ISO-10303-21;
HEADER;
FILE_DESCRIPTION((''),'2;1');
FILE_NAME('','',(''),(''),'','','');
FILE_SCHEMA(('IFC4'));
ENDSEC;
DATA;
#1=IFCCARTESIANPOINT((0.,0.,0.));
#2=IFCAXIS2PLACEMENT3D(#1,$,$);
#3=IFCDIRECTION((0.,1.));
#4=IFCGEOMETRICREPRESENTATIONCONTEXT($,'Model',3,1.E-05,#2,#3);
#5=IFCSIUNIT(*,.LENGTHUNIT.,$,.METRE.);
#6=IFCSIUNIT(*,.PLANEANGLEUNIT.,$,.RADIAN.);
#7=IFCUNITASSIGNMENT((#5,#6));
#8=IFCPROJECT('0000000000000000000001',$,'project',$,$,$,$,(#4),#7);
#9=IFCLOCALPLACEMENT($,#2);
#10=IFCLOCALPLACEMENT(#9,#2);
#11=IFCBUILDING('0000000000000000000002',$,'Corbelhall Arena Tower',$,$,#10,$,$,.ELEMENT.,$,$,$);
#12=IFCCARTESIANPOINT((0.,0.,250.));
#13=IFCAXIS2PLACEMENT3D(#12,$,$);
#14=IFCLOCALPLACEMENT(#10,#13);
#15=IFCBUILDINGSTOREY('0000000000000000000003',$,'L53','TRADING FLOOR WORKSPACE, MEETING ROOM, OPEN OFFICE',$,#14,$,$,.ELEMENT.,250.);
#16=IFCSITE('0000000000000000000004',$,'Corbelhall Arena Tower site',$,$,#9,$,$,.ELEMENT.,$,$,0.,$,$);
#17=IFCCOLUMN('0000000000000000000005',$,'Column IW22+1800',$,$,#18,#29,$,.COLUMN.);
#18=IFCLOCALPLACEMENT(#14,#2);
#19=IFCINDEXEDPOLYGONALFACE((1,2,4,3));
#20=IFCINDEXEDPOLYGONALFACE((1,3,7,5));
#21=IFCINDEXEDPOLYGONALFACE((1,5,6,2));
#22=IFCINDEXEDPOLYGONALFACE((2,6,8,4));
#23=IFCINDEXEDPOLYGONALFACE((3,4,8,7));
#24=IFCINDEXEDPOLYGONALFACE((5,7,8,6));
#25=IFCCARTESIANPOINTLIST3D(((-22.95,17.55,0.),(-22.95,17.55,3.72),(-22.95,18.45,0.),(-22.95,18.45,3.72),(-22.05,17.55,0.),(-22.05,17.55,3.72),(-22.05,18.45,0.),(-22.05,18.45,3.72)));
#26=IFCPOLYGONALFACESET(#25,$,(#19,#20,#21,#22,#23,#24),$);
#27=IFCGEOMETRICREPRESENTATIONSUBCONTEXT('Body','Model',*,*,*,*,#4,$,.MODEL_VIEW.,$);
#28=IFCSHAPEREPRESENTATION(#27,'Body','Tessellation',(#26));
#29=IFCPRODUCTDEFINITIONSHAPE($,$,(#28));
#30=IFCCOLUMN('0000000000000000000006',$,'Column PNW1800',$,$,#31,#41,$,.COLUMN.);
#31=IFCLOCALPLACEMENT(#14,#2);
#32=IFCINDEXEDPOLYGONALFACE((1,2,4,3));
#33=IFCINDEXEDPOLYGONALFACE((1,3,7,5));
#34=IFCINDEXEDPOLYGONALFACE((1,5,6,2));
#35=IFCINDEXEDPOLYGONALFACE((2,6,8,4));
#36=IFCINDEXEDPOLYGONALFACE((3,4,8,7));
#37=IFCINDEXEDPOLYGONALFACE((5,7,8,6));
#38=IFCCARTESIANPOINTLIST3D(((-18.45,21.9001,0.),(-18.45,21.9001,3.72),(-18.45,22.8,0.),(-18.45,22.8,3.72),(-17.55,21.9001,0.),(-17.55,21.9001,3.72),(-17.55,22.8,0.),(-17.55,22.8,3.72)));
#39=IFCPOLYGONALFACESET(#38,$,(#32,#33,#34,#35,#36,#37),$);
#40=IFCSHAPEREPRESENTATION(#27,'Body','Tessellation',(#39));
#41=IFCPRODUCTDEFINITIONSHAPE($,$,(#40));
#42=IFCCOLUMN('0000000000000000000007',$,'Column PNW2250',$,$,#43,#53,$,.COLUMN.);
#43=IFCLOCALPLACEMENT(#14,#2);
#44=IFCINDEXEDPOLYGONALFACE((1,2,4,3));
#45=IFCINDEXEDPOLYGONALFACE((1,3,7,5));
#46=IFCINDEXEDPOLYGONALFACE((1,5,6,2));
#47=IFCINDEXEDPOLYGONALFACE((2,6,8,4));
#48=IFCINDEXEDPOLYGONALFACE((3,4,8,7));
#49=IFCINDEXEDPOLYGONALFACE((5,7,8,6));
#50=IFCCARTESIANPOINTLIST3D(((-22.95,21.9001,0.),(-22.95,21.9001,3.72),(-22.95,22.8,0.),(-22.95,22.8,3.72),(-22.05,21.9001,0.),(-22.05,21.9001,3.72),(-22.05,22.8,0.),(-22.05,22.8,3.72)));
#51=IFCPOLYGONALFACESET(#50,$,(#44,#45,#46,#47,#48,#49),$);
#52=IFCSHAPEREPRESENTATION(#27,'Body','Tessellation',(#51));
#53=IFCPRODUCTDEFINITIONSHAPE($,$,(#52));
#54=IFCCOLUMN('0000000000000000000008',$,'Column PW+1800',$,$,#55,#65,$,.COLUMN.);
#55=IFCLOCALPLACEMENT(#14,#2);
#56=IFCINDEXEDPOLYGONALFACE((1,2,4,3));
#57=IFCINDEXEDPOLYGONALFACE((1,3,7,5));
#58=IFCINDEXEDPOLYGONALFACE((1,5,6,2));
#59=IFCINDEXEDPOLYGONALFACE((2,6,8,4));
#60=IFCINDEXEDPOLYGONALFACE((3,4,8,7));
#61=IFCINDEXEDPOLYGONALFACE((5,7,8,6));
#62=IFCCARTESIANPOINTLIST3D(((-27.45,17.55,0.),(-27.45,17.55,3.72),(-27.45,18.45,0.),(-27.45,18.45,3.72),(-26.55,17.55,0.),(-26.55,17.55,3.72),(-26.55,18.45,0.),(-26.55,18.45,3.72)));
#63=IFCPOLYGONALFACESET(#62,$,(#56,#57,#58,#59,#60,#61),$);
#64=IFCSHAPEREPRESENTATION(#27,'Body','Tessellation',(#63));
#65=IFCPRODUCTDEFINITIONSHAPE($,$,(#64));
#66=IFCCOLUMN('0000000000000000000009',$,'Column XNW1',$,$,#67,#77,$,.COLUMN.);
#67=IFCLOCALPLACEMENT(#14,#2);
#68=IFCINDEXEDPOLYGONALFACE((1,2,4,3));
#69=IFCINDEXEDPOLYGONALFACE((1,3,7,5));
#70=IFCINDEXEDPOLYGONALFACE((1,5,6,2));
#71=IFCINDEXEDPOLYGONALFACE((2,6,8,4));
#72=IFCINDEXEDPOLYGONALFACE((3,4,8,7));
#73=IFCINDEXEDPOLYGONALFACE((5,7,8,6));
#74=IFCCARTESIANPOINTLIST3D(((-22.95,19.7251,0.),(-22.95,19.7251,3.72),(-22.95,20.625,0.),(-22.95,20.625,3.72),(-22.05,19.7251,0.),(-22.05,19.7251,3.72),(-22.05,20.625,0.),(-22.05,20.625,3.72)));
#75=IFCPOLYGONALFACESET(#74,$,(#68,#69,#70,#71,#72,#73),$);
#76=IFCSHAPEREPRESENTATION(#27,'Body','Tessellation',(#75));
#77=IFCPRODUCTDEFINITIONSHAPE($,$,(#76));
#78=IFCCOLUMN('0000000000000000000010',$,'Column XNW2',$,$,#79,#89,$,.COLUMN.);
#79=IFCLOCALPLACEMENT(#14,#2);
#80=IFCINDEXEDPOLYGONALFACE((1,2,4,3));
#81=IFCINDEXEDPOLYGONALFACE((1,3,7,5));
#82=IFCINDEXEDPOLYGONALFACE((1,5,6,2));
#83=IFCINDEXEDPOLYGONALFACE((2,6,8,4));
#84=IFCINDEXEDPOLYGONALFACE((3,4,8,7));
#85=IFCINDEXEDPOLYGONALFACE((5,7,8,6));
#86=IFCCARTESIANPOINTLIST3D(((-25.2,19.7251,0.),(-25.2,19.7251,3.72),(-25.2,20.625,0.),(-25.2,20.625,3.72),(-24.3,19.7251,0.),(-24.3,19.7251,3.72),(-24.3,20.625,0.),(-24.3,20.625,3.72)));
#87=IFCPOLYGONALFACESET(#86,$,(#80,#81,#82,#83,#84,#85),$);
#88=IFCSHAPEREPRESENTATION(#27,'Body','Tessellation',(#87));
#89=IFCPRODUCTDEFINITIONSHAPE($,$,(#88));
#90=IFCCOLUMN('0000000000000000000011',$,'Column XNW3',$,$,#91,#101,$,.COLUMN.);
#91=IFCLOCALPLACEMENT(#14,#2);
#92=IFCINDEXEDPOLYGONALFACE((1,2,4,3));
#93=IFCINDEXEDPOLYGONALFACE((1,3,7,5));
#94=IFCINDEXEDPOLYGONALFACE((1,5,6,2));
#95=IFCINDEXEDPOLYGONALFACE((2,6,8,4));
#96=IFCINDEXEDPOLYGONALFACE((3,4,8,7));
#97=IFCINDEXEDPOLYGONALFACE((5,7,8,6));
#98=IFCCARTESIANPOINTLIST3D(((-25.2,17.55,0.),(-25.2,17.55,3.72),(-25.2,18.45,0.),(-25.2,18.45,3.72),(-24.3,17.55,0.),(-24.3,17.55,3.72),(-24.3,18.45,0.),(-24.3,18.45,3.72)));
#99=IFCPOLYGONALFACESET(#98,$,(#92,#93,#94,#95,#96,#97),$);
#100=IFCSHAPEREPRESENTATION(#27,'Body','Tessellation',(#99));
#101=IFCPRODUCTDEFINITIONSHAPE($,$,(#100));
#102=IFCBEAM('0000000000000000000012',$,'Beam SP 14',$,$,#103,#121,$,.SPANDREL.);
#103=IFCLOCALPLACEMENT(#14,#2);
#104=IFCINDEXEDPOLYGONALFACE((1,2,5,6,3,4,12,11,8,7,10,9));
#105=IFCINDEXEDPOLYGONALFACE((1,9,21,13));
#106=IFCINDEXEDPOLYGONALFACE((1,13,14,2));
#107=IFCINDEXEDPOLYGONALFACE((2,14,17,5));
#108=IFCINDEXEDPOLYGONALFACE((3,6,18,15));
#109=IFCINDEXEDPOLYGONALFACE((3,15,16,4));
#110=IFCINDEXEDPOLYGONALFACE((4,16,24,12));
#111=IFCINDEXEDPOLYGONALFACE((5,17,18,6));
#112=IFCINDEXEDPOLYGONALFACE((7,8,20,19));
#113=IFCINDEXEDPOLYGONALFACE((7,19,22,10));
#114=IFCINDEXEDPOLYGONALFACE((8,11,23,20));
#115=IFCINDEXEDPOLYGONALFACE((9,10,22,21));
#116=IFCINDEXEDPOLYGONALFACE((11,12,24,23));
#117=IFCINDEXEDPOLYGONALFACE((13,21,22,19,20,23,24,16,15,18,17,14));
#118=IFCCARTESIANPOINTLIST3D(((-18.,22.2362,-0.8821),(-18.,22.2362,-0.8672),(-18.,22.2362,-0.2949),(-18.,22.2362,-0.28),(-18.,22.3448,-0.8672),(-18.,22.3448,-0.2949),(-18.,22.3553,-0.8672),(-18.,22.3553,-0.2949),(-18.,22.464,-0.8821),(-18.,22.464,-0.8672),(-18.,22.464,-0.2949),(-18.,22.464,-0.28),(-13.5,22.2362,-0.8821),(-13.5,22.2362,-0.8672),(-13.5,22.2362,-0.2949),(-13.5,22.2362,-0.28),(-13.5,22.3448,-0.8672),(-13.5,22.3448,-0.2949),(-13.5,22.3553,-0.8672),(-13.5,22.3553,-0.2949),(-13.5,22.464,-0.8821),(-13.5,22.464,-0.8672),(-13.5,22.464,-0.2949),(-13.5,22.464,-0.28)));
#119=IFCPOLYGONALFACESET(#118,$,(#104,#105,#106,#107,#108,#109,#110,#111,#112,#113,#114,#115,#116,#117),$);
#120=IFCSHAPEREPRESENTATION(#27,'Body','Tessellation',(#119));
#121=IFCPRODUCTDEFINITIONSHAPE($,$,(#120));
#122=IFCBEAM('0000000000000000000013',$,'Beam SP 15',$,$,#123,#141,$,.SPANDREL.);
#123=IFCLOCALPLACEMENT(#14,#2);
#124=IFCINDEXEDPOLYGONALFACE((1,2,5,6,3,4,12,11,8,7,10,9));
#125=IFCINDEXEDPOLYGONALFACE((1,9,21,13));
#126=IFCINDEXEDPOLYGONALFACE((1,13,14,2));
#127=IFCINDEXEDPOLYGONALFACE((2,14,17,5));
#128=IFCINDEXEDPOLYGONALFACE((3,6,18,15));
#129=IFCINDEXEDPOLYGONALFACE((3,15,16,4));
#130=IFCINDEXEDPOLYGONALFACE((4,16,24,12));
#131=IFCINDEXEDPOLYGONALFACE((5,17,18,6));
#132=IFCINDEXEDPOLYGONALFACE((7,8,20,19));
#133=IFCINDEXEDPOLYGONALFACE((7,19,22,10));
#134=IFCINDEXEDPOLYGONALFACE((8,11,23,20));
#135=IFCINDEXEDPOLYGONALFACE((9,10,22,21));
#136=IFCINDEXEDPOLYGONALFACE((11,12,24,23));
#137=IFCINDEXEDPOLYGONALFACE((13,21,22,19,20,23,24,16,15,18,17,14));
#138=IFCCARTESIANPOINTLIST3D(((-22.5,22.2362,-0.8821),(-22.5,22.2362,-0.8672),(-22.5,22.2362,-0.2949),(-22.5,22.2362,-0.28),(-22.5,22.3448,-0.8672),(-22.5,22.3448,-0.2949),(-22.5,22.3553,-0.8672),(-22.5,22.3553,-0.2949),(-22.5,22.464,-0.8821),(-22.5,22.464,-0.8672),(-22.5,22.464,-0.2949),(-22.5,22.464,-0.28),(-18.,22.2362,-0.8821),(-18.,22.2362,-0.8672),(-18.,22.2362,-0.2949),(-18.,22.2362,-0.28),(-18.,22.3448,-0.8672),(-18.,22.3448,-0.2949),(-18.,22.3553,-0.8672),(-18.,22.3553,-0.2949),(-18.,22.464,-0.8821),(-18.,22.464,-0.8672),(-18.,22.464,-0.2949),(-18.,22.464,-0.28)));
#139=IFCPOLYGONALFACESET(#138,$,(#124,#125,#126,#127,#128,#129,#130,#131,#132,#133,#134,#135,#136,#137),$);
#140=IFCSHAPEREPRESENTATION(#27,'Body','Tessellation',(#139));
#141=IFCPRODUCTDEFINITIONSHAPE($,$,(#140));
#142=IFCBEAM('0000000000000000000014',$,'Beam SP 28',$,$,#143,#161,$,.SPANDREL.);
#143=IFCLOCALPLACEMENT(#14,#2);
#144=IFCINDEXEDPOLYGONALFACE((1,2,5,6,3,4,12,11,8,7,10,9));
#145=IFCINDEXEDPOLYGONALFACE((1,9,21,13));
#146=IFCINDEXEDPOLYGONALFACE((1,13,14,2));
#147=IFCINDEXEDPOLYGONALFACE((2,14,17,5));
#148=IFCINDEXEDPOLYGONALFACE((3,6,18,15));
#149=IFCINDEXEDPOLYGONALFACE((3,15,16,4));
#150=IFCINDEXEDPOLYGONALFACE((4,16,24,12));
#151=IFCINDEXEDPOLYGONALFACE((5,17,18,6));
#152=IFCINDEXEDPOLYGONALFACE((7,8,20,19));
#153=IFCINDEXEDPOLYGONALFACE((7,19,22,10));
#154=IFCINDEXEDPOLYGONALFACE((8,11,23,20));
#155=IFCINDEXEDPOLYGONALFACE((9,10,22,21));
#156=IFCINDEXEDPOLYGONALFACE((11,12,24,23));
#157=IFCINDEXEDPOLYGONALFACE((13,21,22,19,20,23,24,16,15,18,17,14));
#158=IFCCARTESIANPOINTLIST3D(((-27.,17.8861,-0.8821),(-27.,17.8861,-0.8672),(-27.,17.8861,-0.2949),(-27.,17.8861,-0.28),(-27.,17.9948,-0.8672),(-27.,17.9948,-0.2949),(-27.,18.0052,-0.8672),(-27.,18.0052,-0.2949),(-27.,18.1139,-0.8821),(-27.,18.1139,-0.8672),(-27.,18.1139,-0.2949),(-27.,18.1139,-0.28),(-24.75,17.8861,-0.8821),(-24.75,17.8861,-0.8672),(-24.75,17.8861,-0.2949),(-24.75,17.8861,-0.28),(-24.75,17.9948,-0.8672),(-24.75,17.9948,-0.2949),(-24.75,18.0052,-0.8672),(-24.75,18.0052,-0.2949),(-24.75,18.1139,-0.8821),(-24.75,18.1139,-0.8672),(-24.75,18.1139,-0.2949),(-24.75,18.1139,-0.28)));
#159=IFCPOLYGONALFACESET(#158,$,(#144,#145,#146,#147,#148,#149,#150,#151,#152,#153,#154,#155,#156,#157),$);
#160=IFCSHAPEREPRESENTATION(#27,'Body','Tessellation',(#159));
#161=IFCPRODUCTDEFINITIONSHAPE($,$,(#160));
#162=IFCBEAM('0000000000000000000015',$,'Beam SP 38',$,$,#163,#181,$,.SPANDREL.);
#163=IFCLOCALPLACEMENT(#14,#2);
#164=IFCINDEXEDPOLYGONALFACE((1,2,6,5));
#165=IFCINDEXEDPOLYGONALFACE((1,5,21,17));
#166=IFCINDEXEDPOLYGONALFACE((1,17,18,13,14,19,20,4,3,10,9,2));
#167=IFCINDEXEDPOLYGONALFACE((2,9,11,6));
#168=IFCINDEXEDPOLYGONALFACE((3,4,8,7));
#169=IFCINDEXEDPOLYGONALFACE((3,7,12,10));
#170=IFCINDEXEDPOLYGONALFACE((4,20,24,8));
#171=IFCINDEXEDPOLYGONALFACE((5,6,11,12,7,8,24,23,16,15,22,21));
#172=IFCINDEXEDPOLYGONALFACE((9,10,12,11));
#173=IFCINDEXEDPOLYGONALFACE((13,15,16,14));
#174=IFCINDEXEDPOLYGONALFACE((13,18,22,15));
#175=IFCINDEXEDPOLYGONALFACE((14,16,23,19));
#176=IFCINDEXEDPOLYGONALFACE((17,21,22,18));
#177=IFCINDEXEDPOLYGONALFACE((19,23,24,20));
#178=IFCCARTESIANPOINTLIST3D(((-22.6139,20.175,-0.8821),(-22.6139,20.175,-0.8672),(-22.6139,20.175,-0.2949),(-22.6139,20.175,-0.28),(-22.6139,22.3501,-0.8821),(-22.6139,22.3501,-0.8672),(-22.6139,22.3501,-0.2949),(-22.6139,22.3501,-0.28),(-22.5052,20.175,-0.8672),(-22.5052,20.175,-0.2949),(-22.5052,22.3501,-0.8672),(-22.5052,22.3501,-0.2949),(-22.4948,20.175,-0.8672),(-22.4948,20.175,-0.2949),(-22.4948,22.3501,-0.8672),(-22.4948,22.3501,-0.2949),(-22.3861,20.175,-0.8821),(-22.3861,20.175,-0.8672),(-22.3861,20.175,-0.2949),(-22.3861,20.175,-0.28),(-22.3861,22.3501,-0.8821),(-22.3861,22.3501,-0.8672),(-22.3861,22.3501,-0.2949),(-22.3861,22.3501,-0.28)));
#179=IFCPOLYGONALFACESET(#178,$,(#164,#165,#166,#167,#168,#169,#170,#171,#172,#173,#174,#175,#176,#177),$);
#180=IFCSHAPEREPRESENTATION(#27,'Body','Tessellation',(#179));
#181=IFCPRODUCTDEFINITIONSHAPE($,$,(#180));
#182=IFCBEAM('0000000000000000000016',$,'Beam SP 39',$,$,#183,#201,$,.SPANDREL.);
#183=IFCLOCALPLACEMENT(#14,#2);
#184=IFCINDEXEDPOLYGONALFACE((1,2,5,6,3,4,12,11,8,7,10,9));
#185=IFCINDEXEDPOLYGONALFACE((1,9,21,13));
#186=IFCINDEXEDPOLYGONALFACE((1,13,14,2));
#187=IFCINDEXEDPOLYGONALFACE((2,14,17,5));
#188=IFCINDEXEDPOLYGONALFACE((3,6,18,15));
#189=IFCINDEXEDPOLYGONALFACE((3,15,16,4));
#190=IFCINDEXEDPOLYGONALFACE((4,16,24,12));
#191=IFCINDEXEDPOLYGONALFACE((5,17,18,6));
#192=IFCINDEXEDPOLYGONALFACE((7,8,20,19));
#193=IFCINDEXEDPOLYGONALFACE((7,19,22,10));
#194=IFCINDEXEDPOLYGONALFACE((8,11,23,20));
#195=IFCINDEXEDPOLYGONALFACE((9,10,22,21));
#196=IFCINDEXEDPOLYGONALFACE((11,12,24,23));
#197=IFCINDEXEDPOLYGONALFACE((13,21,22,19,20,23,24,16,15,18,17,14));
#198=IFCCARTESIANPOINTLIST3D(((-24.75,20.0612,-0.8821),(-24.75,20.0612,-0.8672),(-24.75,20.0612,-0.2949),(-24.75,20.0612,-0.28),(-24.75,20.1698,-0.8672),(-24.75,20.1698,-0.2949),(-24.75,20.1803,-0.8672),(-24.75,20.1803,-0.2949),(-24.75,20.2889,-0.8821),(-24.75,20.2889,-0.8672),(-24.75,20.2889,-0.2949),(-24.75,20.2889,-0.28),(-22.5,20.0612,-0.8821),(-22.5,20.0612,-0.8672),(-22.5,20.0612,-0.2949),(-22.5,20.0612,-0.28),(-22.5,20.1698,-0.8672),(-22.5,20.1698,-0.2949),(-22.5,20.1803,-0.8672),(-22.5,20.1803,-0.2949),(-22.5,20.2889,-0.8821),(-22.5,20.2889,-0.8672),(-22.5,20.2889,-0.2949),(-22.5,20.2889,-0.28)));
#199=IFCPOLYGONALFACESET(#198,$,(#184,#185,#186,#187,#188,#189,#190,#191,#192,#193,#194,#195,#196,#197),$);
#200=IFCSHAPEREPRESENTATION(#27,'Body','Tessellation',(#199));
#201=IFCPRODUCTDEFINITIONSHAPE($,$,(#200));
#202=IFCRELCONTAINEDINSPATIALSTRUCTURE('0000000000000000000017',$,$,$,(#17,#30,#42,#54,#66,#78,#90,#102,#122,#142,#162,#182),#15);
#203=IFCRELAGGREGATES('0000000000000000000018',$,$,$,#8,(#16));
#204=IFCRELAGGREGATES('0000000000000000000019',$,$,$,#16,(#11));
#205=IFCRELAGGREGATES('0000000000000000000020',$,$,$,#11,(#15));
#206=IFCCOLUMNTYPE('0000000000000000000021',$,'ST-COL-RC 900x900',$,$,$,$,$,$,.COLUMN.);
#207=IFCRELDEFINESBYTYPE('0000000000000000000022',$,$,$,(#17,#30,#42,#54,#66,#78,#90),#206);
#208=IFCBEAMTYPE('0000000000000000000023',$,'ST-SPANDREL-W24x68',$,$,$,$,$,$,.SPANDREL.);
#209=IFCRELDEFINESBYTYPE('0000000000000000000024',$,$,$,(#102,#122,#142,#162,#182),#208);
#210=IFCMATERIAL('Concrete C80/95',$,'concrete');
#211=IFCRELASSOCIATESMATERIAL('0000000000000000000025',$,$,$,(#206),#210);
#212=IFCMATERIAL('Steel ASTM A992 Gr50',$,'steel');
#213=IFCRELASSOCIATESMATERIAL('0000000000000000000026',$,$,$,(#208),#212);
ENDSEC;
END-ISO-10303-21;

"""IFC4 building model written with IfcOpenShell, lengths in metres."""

from ifc_helpers import new_model, si_unit, direction, frame, origin, origin_2d, place, context, subcontext, project, spatial, rectangle, i_section, extrude, material, material_profile, profile_set, type_object, element, save


model = new_model("IFC4")

# Units and contexts
model_context = context("Model", 3, precision=1e-05, world=origin(), true_north=direction((0.0, 1.0)))
body_context = subcontext(model_context, "Body", "Model", "MODEL_VIEW")
ifc_project = project(units=[si_unit("LENGTHUNIT", "METRE"), si_unit("PLANEANGLEUNIT", "RADIAN")], contexts=[model_context])

# Site, building, storey
site_placement = place(None, origin())
site = spatial("IfcSite", under=ifc_project, at=site_placement, Name="Corbelhall Arena Tower site", CompositionType="ELEMENT", RefElevation=0.0)
building_placement = place(site_placement, origin())
building = spatial("IfcBuilding", under=site, at=building_placement, Name="Corbelhall Arena Tower", CompositionType="ELEMENT")
storey_placement = place(building_placement, frame((0.0, 0.0, 250.0)))
storey = spatial("IfcBuildingStorey", under=building, at=storey_placement, Name="L53", Description="TRADING FLOOR WORKSPACE, MEETING ROOM, OPEN OFFICE", CompositionType="ELEMENT", Elevation=250.0)

# Columns
ifc_material_1 = material(Name="Concrete C80/95", Category="concrete")
ifc_material_profile_1 = material_profile(ifc_material_1, rectangle(XDim=0.8999, YDim=0.8999, at=origin_2d()))
ifc_profile_set_1 = profile_set([ifc_material_profile_1], Name="Concrete C80/95")
column_type = type_object("IfcColumnType", Name="ST-COL-RC 900x900", PredefinedType="COLUMN", material=ifc_profile_set_1)
for number, where, z_axis, x_axis, name in (
    (1, (-22.5, 18.0, 0.0), (0.0, 0.0, 1.0), (1.0, 0.0, 0.0), "Column IW22+1800"),
    (2, (-18.0, 22.3501, 0.0), (0.0, 0.0, 1.0), (1.0, 0.0, 0.0), "Column PNW1800"),
    (3, (-22.5, 22.3501, 0.0), (0.0, 0.0, 1.0), (1.0, 0.0, 0.0), "Column PNW2250"),
    (4, (-27.0, 18.0, 0.0), (0.0, 0.0, 1.0), (0.0, 1.0, 0.0), "Column PW+1800"),
    (5, (-22.5, 20.175, 0.0), (0.0, 0.0, 1.0), (1.0, 0.0, 0.0), "Column XNW1"),
    (6, (-24.75, 20.175, 0.0), (0.0, 0.0, 1.0), (1.0, 0.0, 0.0), "Column XNW2"),
    (7, (-24.75, 18.0, 0.0), (0.0, 0.0, 1.0), (1.0, 0.0, 0.0), "Column XNW3"),
):
    element("IfcColumn", number, at=place(storey_placement, frame(where, z_axis=z_axis, x_axis=x_axis)), inside=storey, type_object=column_type, Name=name, PredefinedType="COLUMN", context=body_context, shape_type="SweptSolid", body=[
        extrude(rectangle(XDim=0.8999, YDim=0.8999, at=origin_2d()), origin(), (0.0, 0.0, 1.0), 3.72),
    ])

# Beams
ifc_material_2 = material(Name="Steel ASTM A992 Gr50", Category="steel")
ifc_material_profile_2 = material_profile(ifc_material_2, i_section(OverallWidth=0.2278, OverallDepth=0.6021, WebThickness=0.0105, FlangeThickness=0.0149, at=origin_2d()))
ifc_profile_set_2 = profile_set([ifc_material_profile_2], Name="Steel ASTM A992 Gr50")
beam_type = type_object("IfcBeamType", Name="ST-SPANDREL-W24x68", PredefinedType="SPANDREL", material=ifc_profile_set_2)
for number, where, z_axis, x_axis, name in (
    (8, (-18.0, 22.3501, -0.5811), (1.0, 0.0, 0.0), (0.0, 1.0, 0.0), "Beam SP 14"),
    (9, (-22.5, 22.3501, -0.5811), (1.0, 0.0, 0.0), (0.0, 1.0, 0.0), "Beam SP 15"),
):
    element("IfcBeam", number, at=place(storey_placement, frame(where, z_axis=z_axis, x_axis=x_axis)), inside=storey, type_object=beam_type, Name=name, PredefinedType="SPANDREL", context=body_context, shape_type="SweptSolid", body=[
        extrude(i_section(OverallWidth=0.2278, OverallDepth=0.6021, WebThickness=0.0105, FlangeThickness=0.0149, at=origin_2d()), origin(), (0.0, 0.0, 1.0), 4.5),
    ])
beam_1_placement = place(storey_placement, frame((-27.0, 18.0, -0.5811), z_axis=(1.0, 0.0, 0.0), x_axis=(0.0, 1.0, 0.0)))
element("IfcBeam", 10, at=beam_1_placement, inside=storey, type_object=beam_type, Name="Beam SP 28", PredefinedType="SPANDREL", context=body_context, shape_type="SweptSolid", body=[
    extrude(i_section(OverallWidth=0.2278, OverallDepth=0.6021, WebThickness=0.0105, FlangeThickness=0.0149, at=origin_2d()), origin(), (0.0, 0.0, 1.0), 2.25),
])
beam_2_placement = place(storey_placement, frame((-22.5, 20.175, -0.5811), z_axis=(0.0, 1.0, 0.0), x_axis=(-1.0, 0.0, 0.0)))
element("IfcBeam", 11, at=beam_2_placement, inside=storey, type_object=beam_type, Name="Beam SP 38", PredefinedType="SPANDREL", context=body_context, shape_type="SweptSolid", body=[
    extrude(i_section(OverallWidth=0.2278, OverallDepth=0.6021, WebThickness=0.0105, FlangeThickness=0.0149, at=origin_2d()), origin(), (0.0, 0.0, 1.0), 2.175),
])
beam_3_placement = place(storey_placement, frame((-24.75, 20.175, -0.5811), z_axis=(1.0, 0.0, 0.0), x_axis=(0.0, 1.0, 0.0)))
element("IfcBeam", 12, at=beam_3_placement, inside=storey, type_object=beam_type, Name="Beam SP 39", PredefinedType="SPANDREL", context=body_context, shape_type="SweptSolid", body=[
    extrude(i_section(OverallWidth=0.2278, OverallDepth=0.6021, WebThickness=0.0105, FlangeThickness=0.0149, at=origin_2d()), origin(), (0.0, 0.0, 1.0), 2.25),
])

save(model, "model.ifc")
